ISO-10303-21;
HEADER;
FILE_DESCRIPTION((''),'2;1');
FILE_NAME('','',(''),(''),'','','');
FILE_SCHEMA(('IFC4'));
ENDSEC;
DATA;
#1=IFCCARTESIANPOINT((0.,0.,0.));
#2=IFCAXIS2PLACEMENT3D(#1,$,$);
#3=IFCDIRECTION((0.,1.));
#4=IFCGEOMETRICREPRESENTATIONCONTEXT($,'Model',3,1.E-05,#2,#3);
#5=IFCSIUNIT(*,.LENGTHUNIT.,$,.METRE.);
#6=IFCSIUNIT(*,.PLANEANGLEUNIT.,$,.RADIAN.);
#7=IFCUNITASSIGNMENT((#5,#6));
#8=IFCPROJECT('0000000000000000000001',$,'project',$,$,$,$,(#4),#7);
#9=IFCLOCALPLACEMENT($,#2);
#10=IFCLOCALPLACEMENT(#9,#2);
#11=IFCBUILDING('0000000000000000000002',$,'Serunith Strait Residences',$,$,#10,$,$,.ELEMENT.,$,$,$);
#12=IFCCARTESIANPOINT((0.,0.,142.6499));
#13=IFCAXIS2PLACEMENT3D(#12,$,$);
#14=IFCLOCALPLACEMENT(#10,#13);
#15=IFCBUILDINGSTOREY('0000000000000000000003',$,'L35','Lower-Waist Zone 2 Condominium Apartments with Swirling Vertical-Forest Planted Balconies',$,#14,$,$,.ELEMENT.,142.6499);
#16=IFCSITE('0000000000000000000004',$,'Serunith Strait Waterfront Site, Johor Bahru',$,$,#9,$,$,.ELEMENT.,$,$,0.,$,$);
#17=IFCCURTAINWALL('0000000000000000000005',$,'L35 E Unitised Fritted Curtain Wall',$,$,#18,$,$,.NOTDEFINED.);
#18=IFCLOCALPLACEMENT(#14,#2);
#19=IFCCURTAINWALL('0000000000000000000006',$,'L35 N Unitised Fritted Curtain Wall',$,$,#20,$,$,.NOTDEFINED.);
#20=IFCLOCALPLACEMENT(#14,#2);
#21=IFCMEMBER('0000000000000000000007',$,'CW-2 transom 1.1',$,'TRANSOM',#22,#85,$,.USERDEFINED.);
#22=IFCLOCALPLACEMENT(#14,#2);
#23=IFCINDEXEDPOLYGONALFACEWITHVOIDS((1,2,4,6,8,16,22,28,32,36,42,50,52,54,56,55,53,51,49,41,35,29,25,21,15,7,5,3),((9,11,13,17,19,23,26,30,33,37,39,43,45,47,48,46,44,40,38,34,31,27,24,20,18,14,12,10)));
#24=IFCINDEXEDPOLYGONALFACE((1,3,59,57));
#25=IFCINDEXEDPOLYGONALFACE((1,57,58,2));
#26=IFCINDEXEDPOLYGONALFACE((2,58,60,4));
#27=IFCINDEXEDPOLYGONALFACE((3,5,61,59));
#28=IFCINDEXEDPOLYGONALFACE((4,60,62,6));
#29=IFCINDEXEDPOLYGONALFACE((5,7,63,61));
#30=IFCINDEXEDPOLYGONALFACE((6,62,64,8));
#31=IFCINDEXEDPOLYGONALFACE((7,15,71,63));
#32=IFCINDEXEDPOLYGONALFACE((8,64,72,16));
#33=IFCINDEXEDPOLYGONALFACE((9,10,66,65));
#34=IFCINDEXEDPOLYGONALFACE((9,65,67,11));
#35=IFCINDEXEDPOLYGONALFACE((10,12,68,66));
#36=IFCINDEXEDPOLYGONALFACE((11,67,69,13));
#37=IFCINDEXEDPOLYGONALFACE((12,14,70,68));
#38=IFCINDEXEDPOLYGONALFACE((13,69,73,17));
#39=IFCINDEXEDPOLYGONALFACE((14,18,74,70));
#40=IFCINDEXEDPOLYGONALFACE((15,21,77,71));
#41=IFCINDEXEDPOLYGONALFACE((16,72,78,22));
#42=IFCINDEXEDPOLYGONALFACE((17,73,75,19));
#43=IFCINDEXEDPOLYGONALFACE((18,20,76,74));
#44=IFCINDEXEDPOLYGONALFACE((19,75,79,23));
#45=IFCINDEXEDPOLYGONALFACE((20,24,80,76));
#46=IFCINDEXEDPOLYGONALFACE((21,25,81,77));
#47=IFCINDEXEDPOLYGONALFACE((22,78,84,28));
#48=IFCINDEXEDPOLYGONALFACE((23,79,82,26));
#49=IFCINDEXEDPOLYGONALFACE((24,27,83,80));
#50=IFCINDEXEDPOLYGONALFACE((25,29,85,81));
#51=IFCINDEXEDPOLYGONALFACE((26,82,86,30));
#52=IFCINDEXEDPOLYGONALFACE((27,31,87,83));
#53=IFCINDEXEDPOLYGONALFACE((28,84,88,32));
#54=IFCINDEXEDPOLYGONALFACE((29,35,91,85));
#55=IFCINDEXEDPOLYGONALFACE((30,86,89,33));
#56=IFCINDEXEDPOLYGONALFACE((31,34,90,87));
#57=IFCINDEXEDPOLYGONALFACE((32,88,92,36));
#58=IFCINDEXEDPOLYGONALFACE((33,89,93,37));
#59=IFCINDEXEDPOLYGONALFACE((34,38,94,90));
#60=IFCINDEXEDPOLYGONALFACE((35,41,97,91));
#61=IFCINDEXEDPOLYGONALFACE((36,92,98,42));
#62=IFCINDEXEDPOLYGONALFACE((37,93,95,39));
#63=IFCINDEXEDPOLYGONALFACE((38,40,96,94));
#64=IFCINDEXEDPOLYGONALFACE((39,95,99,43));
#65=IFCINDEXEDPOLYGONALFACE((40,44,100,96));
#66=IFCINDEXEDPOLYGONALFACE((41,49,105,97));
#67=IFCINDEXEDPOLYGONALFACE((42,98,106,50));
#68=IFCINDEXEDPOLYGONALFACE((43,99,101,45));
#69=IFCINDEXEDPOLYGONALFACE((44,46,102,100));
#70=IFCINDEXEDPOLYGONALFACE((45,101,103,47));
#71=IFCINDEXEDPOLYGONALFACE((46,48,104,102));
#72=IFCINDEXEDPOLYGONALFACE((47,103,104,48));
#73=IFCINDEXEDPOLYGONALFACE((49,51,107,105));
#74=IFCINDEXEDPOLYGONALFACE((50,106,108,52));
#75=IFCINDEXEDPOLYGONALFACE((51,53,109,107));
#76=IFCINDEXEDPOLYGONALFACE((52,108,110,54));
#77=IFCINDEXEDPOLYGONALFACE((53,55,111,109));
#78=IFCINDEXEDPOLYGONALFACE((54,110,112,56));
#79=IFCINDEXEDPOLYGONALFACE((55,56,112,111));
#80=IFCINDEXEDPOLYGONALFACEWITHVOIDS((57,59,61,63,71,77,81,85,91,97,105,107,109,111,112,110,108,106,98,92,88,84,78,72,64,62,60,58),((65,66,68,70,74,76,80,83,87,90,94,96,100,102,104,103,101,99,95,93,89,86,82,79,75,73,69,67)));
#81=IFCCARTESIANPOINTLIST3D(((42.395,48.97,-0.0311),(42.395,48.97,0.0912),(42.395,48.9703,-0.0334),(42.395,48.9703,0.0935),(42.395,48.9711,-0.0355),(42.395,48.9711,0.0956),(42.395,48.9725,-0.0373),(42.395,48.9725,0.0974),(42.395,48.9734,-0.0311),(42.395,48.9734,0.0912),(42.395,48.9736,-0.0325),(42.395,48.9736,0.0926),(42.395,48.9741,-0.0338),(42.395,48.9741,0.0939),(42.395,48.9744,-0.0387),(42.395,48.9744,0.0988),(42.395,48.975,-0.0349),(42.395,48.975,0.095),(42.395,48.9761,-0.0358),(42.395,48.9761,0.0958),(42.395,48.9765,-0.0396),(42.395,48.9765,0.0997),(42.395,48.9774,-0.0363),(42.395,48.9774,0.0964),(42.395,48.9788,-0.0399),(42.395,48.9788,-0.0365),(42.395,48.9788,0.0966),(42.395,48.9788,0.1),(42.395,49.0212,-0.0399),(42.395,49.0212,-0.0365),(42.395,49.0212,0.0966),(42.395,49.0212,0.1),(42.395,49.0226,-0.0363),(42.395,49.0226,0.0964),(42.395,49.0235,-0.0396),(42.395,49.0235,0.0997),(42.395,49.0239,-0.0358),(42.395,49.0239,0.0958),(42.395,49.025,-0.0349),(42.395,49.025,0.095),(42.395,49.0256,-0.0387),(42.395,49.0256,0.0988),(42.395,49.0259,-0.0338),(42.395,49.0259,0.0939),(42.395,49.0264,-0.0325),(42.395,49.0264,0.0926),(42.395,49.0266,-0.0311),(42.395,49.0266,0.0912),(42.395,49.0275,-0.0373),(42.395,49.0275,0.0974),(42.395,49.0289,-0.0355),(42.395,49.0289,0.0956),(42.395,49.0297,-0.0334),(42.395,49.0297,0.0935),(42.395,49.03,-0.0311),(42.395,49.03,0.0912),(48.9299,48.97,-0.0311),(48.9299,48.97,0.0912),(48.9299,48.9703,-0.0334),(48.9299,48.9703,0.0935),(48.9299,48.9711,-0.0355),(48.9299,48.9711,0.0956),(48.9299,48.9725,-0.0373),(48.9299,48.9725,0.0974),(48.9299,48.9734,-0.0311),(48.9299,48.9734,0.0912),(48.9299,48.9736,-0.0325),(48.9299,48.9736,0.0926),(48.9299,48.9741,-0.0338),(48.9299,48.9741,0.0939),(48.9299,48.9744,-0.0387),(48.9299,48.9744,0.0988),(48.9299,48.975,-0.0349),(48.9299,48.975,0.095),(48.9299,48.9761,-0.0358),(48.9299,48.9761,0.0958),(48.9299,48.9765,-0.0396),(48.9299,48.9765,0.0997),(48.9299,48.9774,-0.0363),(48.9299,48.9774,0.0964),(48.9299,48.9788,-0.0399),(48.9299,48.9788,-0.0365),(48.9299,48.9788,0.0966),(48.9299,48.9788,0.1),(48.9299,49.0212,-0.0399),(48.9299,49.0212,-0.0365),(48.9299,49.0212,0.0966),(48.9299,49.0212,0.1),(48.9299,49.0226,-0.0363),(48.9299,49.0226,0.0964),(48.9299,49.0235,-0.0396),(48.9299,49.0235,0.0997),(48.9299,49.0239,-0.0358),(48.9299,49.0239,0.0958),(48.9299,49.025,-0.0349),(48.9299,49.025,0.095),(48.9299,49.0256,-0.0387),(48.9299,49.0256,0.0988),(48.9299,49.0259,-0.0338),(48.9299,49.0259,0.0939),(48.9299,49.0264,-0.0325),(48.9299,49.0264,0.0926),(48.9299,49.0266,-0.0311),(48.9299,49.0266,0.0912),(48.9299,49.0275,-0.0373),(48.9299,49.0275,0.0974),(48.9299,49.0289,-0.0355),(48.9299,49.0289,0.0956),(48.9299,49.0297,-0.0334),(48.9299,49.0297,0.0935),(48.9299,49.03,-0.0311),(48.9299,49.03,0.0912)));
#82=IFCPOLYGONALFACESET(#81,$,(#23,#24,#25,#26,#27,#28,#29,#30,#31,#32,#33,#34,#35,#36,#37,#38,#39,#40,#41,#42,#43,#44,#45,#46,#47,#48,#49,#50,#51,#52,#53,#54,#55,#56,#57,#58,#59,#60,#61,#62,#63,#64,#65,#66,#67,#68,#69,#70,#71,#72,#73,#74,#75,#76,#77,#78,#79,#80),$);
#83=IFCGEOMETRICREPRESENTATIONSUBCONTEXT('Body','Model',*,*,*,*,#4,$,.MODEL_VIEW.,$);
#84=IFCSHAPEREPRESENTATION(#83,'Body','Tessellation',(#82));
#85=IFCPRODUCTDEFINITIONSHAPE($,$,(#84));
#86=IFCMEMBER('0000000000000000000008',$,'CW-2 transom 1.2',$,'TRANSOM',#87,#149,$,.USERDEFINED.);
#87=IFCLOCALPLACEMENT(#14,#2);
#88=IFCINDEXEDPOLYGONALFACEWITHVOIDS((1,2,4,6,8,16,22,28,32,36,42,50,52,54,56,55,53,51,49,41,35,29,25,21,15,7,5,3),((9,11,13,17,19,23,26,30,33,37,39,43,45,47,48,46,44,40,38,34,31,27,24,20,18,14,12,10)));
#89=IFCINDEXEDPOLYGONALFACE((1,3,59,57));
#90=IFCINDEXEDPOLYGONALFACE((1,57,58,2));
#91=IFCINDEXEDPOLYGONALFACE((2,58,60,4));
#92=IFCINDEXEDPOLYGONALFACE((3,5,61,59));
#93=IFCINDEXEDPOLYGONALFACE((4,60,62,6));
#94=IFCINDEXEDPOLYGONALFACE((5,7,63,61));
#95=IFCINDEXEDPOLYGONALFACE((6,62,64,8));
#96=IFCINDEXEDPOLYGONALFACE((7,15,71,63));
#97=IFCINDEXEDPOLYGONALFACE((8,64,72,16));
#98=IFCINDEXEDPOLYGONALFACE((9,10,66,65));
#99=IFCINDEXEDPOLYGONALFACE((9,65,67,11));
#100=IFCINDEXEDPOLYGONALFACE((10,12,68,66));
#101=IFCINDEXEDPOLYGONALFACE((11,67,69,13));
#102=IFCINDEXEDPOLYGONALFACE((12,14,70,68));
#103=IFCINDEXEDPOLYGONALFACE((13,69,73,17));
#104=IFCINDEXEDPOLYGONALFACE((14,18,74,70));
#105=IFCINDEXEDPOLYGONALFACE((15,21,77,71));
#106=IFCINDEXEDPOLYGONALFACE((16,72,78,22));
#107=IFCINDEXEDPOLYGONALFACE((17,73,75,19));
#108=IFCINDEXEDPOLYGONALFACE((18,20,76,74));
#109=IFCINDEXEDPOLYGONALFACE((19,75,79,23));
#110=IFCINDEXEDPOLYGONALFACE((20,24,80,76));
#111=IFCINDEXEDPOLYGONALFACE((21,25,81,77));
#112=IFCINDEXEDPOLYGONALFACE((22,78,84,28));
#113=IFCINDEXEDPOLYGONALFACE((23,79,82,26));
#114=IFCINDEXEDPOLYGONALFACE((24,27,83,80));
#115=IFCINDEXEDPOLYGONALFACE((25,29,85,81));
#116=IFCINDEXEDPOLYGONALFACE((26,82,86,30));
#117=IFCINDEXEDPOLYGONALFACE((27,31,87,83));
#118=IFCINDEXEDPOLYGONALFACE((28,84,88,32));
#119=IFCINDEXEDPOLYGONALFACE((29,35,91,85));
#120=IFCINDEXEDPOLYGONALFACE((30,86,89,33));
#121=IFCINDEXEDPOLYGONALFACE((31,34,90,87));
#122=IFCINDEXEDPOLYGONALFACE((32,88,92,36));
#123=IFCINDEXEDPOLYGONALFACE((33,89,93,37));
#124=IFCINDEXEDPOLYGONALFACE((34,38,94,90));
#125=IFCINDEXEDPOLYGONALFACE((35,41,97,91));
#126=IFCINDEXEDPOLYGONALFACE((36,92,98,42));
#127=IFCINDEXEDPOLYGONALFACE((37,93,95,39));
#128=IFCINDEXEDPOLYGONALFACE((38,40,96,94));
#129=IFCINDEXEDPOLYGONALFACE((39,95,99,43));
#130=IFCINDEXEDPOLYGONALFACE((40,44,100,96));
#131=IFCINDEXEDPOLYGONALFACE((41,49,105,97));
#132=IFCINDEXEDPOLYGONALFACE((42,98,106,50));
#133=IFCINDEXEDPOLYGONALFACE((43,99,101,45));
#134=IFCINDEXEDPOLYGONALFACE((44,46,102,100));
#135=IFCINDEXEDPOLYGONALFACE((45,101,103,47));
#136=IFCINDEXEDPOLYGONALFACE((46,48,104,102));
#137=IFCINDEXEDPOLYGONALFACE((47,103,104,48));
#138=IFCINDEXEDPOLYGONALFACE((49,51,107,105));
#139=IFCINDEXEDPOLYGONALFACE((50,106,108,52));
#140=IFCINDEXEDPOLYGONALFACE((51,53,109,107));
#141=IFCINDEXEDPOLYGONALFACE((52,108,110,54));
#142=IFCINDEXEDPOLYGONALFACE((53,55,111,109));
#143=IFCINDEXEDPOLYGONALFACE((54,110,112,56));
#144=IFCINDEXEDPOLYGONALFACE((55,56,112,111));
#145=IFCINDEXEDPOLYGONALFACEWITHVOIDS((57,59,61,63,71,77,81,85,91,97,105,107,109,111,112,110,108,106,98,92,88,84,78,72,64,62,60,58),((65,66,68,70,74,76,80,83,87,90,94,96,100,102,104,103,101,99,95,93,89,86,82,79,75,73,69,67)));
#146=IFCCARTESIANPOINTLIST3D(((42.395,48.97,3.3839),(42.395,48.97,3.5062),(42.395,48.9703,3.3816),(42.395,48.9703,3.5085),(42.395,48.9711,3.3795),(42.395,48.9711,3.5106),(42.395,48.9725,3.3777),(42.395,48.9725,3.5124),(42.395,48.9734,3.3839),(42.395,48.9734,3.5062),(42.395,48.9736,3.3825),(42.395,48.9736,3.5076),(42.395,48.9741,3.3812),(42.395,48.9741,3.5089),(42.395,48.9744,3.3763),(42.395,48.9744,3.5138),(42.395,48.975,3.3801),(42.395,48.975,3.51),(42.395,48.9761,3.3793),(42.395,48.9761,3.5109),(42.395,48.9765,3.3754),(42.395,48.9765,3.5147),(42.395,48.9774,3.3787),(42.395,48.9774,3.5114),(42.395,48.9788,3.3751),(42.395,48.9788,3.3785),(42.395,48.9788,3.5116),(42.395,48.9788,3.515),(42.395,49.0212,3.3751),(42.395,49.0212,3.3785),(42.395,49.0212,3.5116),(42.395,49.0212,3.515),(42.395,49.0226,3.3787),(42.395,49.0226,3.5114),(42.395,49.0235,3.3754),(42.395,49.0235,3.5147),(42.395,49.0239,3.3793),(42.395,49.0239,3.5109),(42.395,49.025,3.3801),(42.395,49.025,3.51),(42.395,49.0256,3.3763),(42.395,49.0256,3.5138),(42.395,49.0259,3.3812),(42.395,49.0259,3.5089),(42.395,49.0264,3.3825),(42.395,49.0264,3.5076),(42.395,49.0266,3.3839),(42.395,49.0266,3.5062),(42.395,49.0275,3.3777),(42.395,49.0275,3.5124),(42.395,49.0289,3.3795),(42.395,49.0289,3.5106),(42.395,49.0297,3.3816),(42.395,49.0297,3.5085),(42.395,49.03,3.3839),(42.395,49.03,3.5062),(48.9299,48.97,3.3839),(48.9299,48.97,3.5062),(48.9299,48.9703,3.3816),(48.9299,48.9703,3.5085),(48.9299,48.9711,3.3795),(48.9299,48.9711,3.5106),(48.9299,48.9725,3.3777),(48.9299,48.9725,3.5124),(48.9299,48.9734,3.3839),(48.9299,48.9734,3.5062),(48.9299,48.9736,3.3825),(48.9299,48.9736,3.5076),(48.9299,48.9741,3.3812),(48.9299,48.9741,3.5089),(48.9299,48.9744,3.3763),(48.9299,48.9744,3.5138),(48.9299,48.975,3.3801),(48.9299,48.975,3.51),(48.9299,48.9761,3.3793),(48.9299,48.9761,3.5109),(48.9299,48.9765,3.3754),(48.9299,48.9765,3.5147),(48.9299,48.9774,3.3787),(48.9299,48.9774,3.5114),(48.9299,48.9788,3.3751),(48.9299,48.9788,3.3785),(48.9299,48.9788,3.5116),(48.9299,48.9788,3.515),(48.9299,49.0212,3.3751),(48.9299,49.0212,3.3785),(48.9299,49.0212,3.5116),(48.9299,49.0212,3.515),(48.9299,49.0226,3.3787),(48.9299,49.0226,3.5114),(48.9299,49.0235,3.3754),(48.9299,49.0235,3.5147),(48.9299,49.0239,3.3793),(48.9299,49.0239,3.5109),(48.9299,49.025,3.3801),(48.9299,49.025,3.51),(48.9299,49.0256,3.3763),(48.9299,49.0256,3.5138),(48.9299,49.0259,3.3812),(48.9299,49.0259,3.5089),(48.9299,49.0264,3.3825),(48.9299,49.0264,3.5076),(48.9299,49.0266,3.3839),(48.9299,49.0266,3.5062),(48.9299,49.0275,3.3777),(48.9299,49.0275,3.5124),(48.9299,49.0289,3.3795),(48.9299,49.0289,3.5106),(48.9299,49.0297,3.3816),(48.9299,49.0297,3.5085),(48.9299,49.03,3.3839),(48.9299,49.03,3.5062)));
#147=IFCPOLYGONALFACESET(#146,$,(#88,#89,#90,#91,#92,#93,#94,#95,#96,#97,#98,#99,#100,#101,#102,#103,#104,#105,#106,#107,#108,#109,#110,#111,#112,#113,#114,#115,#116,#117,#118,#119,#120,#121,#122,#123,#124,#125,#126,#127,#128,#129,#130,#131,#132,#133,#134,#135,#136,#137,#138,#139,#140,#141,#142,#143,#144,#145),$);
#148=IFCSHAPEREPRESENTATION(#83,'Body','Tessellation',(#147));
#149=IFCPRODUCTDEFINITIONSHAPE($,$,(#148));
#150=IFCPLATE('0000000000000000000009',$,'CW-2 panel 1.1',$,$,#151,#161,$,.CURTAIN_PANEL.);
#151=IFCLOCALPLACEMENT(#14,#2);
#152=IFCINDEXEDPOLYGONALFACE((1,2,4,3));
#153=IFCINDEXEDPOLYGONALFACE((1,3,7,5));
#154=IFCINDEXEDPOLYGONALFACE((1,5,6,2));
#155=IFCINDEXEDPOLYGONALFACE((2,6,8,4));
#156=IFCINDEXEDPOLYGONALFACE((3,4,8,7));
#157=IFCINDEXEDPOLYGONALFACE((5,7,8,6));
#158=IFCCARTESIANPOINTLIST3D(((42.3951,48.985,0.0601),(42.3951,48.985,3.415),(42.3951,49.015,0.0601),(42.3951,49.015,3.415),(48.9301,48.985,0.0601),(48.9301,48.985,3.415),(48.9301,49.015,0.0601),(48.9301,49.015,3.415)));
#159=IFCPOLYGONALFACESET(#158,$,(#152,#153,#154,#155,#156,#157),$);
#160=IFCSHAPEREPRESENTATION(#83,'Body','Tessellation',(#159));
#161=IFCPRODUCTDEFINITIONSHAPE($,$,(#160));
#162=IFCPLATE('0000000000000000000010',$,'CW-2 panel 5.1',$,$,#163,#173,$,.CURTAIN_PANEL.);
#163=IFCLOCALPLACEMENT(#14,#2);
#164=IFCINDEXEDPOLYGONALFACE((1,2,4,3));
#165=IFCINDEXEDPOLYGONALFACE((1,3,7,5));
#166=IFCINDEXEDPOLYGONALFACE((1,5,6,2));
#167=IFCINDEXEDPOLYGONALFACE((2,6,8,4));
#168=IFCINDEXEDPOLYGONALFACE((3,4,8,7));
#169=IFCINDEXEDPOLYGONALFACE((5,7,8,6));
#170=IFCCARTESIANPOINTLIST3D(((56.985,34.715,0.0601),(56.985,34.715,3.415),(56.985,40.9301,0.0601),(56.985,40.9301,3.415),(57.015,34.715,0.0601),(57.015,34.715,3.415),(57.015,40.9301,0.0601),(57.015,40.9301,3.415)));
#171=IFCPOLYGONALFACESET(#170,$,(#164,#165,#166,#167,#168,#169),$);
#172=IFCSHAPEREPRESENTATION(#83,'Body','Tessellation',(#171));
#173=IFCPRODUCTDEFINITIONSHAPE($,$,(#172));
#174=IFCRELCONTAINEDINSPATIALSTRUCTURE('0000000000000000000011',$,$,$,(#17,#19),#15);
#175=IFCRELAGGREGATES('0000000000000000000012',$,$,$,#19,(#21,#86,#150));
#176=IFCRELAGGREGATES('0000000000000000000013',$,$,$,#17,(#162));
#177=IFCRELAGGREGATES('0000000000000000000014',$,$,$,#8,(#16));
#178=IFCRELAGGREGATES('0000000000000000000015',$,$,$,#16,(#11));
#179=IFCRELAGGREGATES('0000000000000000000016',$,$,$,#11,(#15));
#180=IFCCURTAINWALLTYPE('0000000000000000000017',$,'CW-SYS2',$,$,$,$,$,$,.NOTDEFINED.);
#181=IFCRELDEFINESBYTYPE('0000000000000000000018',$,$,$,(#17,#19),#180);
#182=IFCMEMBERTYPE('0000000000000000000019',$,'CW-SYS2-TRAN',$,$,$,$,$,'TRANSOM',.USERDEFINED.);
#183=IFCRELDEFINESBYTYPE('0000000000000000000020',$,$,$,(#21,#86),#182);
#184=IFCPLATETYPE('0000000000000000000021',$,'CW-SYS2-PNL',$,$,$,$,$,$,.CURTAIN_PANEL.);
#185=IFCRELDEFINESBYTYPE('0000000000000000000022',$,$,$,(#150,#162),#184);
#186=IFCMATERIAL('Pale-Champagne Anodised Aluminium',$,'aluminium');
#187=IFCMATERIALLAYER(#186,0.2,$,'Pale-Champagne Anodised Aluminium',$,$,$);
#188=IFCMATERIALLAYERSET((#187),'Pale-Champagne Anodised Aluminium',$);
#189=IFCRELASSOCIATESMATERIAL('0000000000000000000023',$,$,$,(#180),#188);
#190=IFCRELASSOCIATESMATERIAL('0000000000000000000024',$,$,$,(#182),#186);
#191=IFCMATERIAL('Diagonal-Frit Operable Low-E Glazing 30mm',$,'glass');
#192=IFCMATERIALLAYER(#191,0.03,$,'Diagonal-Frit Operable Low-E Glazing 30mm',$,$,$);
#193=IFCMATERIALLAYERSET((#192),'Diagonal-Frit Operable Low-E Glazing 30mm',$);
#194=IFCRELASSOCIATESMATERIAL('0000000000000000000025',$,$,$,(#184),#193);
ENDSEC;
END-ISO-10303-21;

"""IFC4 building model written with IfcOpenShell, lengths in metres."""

from ifc_helpers import new_model, si_unit, direction, frame, origin, origin_2d, place, context, subcontext, project, spatial, rectangle, hollow_rectangle, extrude, source, transform, mapped, material, layer, layer_set, material_profile, profile_set, type_object, element, aggregate, save


model = new_model("IFC4")

# Units and contexts
model_context = context("Model", 3, precision=1e-05, world=origin(), true_north=direction((0.0, 1.0)))
body_context = subcontext(model_context, "Body", "Model", "MODEL_VIEW")
ifc_project = project(units=[si_unit("LENGTHUNIT", "METRE"), si_unit("PLANEANGLEUNIT", "RADIAN")], contexts=[model_context])

# Site, building, storey
site_placement = place(None, origin())
site = spatial("IfcSite", under=ifc_project, at=site_placement, Name="Serunith Strait Waterfront Site, Johor Bahru", CompositionType="ELEMENT", RefElevation=0.0)
building_placement = place(site_placement, origin())
building = spatial("IfcBuilding", under=site, at=building_placement, Name="Serunith Strait Residences", CompositionType="ELEMENT")
storey_placement = place(building_placement, frame((0.0, 0.0, 142.6499)))
storey = spatial("IfcBuildingStorey", under=building, at=storey_placement, Name="L35", Description="Lower-Waist Zone 2 Condominium Apartments with Swirling Vertical-Forest Planted Balconies", CompositionType="ELEMENT", Elevation=142.6499)

# Curtain wall
ifc_material_1 = material(Name="Pale-Champagne Anodised Aluminium", Category="aluminium")
ifc_layer_1 = layer(ifc_material_1, 0.2, Name="Pale-Champagne Anodised Aluminium")
ifc_layer_set_1 = layer_set([ifc_layer_1], Name="Pale-Champagne Anodised Aluminium")
curtain_wall_type = type_object("IfcCurtainWallType", Name="CW-SYS2", PredefinedType="NOTDEFINED", material=ifc_layer_set_1)
curtain_wall_1_placement = place(storey_placement, origin())
curtain_wall_1 = element("IfcCurtainWall", 1, at=curtain_wall_1_placement, inside=storey, type_object=curtain_wall_type, Name="L35 E Unitised Fritted Curtain Wall", PredefinedType="NOTDEFINED")

# Curtain wall, members, plate
curtain_wall_2_placement = place(storey_placement, origin())
curtain_wall_2 = element("IfcCurtainWall", 2, at=curtain_wall_2_placement, inside=storey, type_object=curtain_wall_type, Name="L35 N Unitised Fritted Curtain Wall", PredefinedType="NOTDEFINED")
ifc_material_profile_1 = material_profile(ifc_material_1, hollow_rectangle(XDim=0.0601, YDim=0.1399, WallThickness=0.0034, InnerFilletRadius=0.0054, OuterFilletRadius=0.0088, at=origin_2d()), Name="ALU 140x60x3.5")
ifc_profile_set_1 = profile_set([ifc_material_profile_1], Name="Pale-Champagne Anodised Aluminium")
member_type_1 = type_object("IfcMemberType", Name="CW-SYS2-TRAN", ElementType="TRANSOM", PredefinedType="USERDEFINED", material=ifc_profile_set_1)
shared_shape_1 = source(origin(), body_context, "Body", "SweptSolid", [
    extrude(hollow_rectangle(XDim=0.0601, YDim=0.1399, WallThickness=0.0034, InnerFilletRadius=0.0054, OuterFilletRadius=0.0088, at=origin_2d()), origin(), (0.0, 0.0, 1.0), 6.5349),
])
member_1_placement = place(storey_placement, frame((48.9299, 49.0, 0.03), z_axis=(-1.0, 0.0, 0.0), x_axis=(0.0, -1.0, 0.0)))
member_1 = element("IfcMember", 3, at=member_1_placement, type_object=member_type_1, Name="CW-2 transom 1.1", ObjectType="TRANSOM", PredefinedType="USERDEFINED", context=body_context, shape_type="MappedRepresentation", body=[
    mapped(shared_shape_1, transform((0.0, 0.0, 0.0), scale=1.0)),
])
member_2_placement = place(storey_placement, frame((48.9299, 49.0, 3.4451), z_axis=(-1.0, 0.0, 0.0), x_axis=(0.0, -1.0, 0.0)))
member_2 = element("IfcMember", 4, at=member_2_placement, type_object=member_type_1, Name="CW-2 transom 1.2", ObjectType="TRANSOM", PredefinedType="USERDEFINED", context=body_context, shape_type="MappedRepresentation", body=[
    mapped(shared_shape_1, transform((0.0, 0.0, 0.0), scale=1.0)),
])
ifc_material_2 = material(Name="Diagonal-Frit Operable Low-E Glazing 30mm", Category="glass")
ifc_layer_2 = layer(ifc_material_2, 0.03, Name="Diagonal-Frit Operable Low-E Glazing 30mm")
ifc_layer_set_2 = layer_set([ifc_layer_2], Name="Diagonal-Frit Operable Low-E Glazing 30mm")
plate_type = type_object("IfcPlateType", Name="CW-SYS2-PNL", PredefinedType="CURTAIN_PANEL", material=ifc_layer_set_2)
shared_shape_2 = source(origin(), body_context, "Body", "SweptSolid", [
    extrude(rectangle(XDim=6.5349, YDim=0.03, at=origin_2d()), origin(), (0.0, 0.0, 1.0), 3.355),
])
plate_1_placement = place(storey_placement, frame((45.6626, 49.0, 0.0601), z_axis=(0.0, 0.0, 1.0), x_axis=(-1.0, 0.0, 0.0)))
plate_1 = element("IfcPlate", 5, at=plate_1_placement, type_object=plate_type, Name="CW-2 panel 1.1", PredefinedType="CURTAIN_PANEL", context=body_context, shape_type="MappedRepresentation", body=[
    mapped(shared_shape_2, transform((0.0, 0.0, 0.0), scale=1.0)),
])
aggregate(curtain_wall_2, [member_1, member_2, plate_1])

# Plate
shared_shape_3 = source(origin(), body_context, "Body", "SweptSolid", [
    extrude(rectangle(XDim=6.2151, YDim=0.03, at=origin_2d()), origin(), (0.0, 0.0, 1.0), 3.355),
])
plate_2_placement = place(storey_placement, frame((57.0, 37.8225, 0.0601), z_axis=(0.0, 0.0, 1.0), x_axis=(0.0, 1.0, 0.0)))
plate_2 = element("IfcPlate", 6, at=plate_2_placement, type_object=plate_type, Name="CW-2 panel 5.1", PredefinedType="CURTAIN_PANEL", context=body_context, shape_type="MappedRepresentation", body=[
    mapped(shared_shape_3, transform((0.0, 0.0, 0.0), scale=1.0)),
])
aggregate(curtain_wall_1, [plate_2])

save(model, "model.ifc")
